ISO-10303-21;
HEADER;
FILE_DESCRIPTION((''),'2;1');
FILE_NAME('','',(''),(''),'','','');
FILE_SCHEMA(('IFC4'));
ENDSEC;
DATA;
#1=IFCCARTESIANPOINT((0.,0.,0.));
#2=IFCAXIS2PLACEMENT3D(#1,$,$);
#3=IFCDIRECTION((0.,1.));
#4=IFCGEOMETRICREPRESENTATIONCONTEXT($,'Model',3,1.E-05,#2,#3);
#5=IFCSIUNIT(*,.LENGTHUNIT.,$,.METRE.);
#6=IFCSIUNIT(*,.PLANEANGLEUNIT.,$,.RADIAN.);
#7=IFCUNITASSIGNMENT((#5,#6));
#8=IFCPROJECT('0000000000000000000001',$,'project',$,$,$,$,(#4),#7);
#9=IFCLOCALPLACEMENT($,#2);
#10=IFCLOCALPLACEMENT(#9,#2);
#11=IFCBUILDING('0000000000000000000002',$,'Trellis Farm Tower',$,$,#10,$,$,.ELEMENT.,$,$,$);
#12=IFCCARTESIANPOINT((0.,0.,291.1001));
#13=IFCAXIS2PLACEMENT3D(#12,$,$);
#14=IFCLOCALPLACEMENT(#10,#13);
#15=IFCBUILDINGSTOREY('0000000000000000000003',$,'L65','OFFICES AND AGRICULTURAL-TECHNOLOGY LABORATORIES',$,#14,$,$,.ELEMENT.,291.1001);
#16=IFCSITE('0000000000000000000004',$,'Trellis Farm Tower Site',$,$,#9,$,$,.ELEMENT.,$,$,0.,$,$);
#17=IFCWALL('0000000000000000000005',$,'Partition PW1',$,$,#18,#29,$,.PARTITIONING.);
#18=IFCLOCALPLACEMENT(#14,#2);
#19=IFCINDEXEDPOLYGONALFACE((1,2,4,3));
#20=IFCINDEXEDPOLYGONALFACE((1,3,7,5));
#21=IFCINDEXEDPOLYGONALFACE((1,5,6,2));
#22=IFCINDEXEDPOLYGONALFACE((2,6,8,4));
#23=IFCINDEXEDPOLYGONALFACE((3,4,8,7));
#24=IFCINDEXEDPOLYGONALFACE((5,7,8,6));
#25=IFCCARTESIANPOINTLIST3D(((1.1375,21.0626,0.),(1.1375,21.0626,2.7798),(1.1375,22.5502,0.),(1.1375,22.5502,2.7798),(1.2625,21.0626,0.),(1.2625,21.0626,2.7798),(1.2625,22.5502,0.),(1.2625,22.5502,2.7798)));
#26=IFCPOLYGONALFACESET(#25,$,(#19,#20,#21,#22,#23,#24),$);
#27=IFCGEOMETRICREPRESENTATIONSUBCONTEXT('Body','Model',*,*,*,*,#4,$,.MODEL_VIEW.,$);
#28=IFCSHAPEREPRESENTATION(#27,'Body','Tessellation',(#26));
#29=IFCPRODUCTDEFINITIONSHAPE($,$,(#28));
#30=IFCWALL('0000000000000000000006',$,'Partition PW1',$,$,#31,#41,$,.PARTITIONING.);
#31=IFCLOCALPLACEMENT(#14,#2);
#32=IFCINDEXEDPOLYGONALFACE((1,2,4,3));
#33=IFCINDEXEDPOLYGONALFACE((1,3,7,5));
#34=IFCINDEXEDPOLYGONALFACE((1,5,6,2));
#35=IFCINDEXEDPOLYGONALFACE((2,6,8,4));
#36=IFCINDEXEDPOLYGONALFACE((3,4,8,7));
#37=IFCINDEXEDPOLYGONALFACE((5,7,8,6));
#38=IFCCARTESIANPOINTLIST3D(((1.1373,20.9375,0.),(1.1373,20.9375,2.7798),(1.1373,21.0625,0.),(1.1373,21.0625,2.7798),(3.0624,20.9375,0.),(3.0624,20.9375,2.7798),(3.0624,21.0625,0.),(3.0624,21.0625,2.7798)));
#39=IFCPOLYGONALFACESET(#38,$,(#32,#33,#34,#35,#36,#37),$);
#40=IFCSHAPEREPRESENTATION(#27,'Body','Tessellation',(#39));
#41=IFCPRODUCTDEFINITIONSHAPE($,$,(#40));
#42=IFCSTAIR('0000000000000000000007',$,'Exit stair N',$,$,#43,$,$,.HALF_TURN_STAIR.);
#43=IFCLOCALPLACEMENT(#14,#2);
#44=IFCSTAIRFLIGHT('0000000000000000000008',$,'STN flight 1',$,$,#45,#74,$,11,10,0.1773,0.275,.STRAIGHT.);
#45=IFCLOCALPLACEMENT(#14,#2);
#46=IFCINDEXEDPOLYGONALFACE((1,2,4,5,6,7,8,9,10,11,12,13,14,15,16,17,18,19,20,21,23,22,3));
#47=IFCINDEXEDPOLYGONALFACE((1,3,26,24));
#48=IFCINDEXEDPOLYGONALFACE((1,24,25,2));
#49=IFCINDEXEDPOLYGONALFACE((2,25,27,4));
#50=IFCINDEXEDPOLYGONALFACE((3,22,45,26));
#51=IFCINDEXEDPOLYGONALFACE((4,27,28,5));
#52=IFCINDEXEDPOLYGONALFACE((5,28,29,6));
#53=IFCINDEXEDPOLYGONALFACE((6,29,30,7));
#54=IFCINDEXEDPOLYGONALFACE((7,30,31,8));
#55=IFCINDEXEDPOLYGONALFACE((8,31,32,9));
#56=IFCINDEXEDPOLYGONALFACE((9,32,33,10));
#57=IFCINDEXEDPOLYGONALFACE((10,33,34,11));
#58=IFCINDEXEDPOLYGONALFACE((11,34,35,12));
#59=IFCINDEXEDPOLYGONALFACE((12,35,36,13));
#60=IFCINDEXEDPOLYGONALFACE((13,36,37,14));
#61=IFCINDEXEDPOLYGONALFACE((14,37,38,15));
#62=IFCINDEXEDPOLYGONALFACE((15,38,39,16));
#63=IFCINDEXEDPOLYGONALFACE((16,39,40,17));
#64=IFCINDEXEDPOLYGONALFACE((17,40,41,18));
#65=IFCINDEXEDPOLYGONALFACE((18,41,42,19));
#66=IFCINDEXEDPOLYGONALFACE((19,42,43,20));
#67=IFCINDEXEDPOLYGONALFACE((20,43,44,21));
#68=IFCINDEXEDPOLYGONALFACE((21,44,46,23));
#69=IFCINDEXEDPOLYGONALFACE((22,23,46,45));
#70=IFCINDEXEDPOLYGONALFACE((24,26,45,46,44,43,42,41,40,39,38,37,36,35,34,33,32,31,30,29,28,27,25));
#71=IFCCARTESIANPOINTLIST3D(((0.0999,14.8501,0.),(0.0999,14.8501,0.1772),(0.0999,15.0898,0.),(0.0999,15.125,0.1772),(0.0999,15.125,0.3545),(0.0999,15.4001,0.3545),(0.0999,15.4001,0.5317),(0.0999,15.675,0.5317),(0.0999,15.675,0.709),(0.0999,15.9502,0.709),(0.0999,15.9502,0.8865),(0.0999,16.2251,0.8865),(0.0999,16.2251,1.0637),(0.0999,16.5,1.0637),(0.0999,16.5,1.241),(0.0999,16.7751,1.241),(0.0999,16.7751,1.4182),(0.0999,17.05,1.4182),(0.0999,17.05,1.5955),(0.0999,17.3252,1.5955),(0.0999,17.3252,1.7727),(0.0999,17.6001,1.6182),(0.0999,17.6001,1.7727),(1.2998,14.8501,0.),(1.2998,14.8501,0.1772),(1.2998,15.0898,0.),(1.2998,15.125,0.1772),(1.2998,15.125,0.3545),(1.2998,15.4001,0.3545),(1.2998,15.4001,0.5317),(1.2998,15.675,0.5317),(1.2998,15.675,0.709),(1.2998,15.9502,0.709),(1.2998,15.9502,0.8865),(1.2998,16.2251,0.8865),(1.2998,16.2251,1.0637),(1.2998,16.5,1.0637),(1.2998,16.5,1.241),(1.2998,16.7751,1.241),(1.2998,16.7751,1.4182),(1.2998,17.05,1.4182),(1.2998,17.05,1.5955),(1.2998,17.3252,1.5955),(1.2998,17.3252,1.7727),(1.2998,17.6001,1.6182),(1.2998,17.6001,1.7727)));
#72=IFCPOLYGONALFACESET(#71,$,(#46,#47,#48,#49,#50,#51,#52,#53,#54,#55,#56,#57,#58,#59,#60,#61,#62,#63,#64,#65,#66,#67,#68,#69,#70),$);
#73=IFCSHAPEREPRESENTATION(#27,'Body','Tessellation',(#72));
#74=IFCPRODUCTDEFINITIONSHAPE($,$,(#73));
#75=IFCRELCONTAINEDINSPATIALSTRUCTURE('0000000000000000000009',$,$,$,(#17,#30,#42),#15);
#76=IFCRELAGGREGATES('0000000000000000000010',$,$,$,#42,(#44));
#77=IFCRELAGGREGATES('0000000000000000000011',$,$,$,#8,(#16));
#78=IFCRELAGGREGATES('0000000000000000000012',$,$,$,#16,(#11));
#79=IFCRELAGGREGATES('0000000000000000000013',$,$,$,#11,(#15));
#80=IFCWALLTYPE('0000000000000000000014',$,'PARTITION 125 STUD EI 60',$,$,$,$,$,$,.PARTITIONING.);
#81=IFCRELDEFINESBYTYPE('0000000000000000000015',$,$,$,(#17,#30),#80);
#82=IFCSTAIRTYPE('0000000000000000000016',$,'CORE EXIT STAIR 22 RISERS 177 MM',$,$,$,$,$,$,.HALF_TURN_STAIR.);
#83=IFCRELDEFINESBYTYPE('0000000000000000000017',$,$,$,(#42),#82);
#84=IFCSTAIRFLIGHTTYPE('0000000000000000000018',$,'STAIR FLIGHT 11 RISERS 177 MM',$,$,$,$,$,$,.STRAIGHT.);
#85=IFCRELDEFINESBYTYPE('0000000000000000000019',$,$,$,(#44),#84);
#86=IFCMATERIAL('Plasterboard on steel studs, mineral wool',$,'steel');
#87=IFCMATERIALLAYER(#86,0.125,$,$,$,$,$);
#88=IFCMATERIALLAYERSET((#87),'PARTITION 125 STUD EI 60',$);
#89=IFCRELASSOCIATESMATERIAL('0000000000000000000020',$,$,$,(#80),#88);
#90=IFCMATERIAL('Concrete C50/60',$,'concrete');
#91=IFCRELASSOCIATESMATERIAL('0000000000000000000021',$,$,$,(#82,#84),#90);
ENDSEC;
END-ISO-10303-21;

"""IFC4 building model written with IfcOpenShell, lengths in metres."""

from ifc_helpers import new_model, si_unit, direction, frame, frame_2d, origin, place, context, subcontext, project, spatial, polyline, rectangle, outline, extrude, source, transform, mapped, material, layer, layer_set, type_object, element, aggregate, save


model = new_model("IFC4")

# Units and contexts
model_context = context("Model", 3, precision=1e-05, world=origin(), true_north=direction((0.0, 1.0)))
body_context = subcontext(model_context, "Body", "Model", "MODEL_VIEW")
ifc_project = project(units=[si_unit("LENGTHUNIT", "METRE"), si_unit("PLANEANGLEUNIT", "RADIAN")], contexts=[model_context])

# Site, building, storey
site_placement = place(None, origin())
site = spatial("IfcSite", under=ifc_project, at=site_placement, Name="Trellis Farm Tower Site", CompositionType="ELEMENT", RefElevation=0.0)
building_placement = place(site_placement, origin())
building = spatial("IfcBuilding", under=site, at=building_placement, Name="Trellis Farm Tower", CompositionType="ELEMENT")
storey_placement = place(building_placement, frame((0.0, 0.0, 291.1001)))
storey = spatial("IfcBuildingStorey", under=building, at=storey_placement, Name="L65", Description="OFFICES AND AGRICULTURAL-TECHNOLOGY LABORATORIES", CompositionType="ELEMENT", Elevation=291.1001)

# Shared definitions
placement_1 = place(storey_placement, origin())

# Shared definitions
ifc_material_1 = material(Name="Concrete C50/60", Category="concrete")

# Shared definitions
ifc_material_2 = material(Name="Plasterboard on steel studs, mineral wool", Category="steel")
ifc_layer_1 = layer(ifc_material_2, 0.125)
ifc_layer_set_1 = layer_set([ifc_layer_1], Name="PARTITION 125 STUD EI 60")
wall_type_1 = type_object("IfcWallType", Name="PARTITION 125 STUD EI 60", PredefinedType="PARTITIONING", material=ifc_layer_set_1)

# Walls
shared_shape_1 = source(origin(), body_context, "Body", "SweptSolid", [
    extrude(rectangle(XDim=1.4875, YDim=0.125, at=frame_2d((0.7437, 0.0))), origin(), (0.0, 0.0, 1.0), 2.7798),
])
wall_1_placement = place(storey_placement, frame((1.2, 22.55, 0.0), z_axis=(0.0, 0.0, 1.0), x_axis=(0.0, -1.0, 0.0)))
element("IfcWall", 1, at=wall_1_placement, inside=storey, type_object=wall_type_1, Name="Partition PW1", PredefinedType="PARTITIONING", context=body_context, shape_type="MappedRepresentation", body=[
    mapped(shared_shape_1, transform((0.0, 0.0, 0.0))),
])
shared_shape_2 = source(origin(), body_context, "Body", "SweptSolid", [
    extrude(rectangle(XDim=1.925, YDim=0.125, at=frame_2d((0.9624, 0.0))), origin(), (0.0, 0.0, 1.0), 2.7798),
])
wall_2_placement = place(storey_placement, frame((1.1375, 21.0, 0.0), z_axis=(0.0, 0.0, 1.0), x_axis=(1.0, 0.0, 0.0)))
element("IfcWall", 2, at=wall_2_placement, inside=storey, type_object=wall_type_1, Name="Partition PW1", PredefinedType="PARTITIONING", context=body_context, shape_type="MappedRepresentation", body=[
    mapped(shared_shape_2, transform((0.0, 0.0, 0.0))),
])

# Stair, stair flight
stair_type = type_object("IfcStairType", Name="CORE EXIT STAIR 22 RISERS 177 MM", PredefinedType="HALF_TURN_STAIR", material=ifc_material_1)
stair = element("IfcStair", 3, at=placement_1, inside=storey, type_object=stair_type, Name="Exit stair N", PredefinedType="HALF_TURN_STAIR")
stair_flight_type = type_object("IfcStairFlightType", Name="STAIR FLIGHT 11 RISERS 177 MM", PredefinedType="STRAIGHT", material=ifc_material_1)
shared_shape_3 = source(origin(), body_context, "Body", "SweptSolid", [
    extrude(outline(polyline([(0.0, 0.0), (0.0, 0.1772), (0.2749, 0.1772), (0.2749, 0.3545), (0.55, 0.3545), (0.55, 0.5317), (0.825, 0.5317), (0.825, 0.709), (1.1001, 0.709), (1.1001, 0.8865), (1.375, 0.8865), (1.375, 1.0637), (1.6499, 1.0637), (1.6499, 1.241), (1.925, 1.241), (1.925, 1.4182), (2.2, 1.4182), (2.2, 1.5955), (2.4751, 1.5955), (2.4751, 1.7727), (2.75, 1.7727), (2.75, 1.95), (2.75, 1.6182), (0.2397, 0.0), (0.0, 0.0)])), frame((0.0, 0.6001, 0.0), z_axis=(0.0, -1.0, 0.0), x_axis=(1.0, 0.0, 0.0)), (0.0, 0.0, 1.0), 1.2),
])
stair_flight_placement = place(storey_placement, frame((0.7, 14.8501, 0.0), z_axis=(0.0, 0.0, 1.0), x_axis=(0.0, 1.0, 0.0)))
stair_flight = element("IfcStairFlight", 4, at=stair_flight_placement, type_object=stair_flight_type, Name="STN flight 1", NumberOfRisers=11, NumberOfTreads=10, PredefinedType="STRAIGHT", RiserHeight=0.1773, TreadLength=0.275, context=body_context, shape_type="MappedRepresentation", body=[
    mapped(shared_shape_3, transform((0.0, 0.0, 0.0))),
])
aggregate(stair, [stair_flight])

save(model, "model.ifc")
